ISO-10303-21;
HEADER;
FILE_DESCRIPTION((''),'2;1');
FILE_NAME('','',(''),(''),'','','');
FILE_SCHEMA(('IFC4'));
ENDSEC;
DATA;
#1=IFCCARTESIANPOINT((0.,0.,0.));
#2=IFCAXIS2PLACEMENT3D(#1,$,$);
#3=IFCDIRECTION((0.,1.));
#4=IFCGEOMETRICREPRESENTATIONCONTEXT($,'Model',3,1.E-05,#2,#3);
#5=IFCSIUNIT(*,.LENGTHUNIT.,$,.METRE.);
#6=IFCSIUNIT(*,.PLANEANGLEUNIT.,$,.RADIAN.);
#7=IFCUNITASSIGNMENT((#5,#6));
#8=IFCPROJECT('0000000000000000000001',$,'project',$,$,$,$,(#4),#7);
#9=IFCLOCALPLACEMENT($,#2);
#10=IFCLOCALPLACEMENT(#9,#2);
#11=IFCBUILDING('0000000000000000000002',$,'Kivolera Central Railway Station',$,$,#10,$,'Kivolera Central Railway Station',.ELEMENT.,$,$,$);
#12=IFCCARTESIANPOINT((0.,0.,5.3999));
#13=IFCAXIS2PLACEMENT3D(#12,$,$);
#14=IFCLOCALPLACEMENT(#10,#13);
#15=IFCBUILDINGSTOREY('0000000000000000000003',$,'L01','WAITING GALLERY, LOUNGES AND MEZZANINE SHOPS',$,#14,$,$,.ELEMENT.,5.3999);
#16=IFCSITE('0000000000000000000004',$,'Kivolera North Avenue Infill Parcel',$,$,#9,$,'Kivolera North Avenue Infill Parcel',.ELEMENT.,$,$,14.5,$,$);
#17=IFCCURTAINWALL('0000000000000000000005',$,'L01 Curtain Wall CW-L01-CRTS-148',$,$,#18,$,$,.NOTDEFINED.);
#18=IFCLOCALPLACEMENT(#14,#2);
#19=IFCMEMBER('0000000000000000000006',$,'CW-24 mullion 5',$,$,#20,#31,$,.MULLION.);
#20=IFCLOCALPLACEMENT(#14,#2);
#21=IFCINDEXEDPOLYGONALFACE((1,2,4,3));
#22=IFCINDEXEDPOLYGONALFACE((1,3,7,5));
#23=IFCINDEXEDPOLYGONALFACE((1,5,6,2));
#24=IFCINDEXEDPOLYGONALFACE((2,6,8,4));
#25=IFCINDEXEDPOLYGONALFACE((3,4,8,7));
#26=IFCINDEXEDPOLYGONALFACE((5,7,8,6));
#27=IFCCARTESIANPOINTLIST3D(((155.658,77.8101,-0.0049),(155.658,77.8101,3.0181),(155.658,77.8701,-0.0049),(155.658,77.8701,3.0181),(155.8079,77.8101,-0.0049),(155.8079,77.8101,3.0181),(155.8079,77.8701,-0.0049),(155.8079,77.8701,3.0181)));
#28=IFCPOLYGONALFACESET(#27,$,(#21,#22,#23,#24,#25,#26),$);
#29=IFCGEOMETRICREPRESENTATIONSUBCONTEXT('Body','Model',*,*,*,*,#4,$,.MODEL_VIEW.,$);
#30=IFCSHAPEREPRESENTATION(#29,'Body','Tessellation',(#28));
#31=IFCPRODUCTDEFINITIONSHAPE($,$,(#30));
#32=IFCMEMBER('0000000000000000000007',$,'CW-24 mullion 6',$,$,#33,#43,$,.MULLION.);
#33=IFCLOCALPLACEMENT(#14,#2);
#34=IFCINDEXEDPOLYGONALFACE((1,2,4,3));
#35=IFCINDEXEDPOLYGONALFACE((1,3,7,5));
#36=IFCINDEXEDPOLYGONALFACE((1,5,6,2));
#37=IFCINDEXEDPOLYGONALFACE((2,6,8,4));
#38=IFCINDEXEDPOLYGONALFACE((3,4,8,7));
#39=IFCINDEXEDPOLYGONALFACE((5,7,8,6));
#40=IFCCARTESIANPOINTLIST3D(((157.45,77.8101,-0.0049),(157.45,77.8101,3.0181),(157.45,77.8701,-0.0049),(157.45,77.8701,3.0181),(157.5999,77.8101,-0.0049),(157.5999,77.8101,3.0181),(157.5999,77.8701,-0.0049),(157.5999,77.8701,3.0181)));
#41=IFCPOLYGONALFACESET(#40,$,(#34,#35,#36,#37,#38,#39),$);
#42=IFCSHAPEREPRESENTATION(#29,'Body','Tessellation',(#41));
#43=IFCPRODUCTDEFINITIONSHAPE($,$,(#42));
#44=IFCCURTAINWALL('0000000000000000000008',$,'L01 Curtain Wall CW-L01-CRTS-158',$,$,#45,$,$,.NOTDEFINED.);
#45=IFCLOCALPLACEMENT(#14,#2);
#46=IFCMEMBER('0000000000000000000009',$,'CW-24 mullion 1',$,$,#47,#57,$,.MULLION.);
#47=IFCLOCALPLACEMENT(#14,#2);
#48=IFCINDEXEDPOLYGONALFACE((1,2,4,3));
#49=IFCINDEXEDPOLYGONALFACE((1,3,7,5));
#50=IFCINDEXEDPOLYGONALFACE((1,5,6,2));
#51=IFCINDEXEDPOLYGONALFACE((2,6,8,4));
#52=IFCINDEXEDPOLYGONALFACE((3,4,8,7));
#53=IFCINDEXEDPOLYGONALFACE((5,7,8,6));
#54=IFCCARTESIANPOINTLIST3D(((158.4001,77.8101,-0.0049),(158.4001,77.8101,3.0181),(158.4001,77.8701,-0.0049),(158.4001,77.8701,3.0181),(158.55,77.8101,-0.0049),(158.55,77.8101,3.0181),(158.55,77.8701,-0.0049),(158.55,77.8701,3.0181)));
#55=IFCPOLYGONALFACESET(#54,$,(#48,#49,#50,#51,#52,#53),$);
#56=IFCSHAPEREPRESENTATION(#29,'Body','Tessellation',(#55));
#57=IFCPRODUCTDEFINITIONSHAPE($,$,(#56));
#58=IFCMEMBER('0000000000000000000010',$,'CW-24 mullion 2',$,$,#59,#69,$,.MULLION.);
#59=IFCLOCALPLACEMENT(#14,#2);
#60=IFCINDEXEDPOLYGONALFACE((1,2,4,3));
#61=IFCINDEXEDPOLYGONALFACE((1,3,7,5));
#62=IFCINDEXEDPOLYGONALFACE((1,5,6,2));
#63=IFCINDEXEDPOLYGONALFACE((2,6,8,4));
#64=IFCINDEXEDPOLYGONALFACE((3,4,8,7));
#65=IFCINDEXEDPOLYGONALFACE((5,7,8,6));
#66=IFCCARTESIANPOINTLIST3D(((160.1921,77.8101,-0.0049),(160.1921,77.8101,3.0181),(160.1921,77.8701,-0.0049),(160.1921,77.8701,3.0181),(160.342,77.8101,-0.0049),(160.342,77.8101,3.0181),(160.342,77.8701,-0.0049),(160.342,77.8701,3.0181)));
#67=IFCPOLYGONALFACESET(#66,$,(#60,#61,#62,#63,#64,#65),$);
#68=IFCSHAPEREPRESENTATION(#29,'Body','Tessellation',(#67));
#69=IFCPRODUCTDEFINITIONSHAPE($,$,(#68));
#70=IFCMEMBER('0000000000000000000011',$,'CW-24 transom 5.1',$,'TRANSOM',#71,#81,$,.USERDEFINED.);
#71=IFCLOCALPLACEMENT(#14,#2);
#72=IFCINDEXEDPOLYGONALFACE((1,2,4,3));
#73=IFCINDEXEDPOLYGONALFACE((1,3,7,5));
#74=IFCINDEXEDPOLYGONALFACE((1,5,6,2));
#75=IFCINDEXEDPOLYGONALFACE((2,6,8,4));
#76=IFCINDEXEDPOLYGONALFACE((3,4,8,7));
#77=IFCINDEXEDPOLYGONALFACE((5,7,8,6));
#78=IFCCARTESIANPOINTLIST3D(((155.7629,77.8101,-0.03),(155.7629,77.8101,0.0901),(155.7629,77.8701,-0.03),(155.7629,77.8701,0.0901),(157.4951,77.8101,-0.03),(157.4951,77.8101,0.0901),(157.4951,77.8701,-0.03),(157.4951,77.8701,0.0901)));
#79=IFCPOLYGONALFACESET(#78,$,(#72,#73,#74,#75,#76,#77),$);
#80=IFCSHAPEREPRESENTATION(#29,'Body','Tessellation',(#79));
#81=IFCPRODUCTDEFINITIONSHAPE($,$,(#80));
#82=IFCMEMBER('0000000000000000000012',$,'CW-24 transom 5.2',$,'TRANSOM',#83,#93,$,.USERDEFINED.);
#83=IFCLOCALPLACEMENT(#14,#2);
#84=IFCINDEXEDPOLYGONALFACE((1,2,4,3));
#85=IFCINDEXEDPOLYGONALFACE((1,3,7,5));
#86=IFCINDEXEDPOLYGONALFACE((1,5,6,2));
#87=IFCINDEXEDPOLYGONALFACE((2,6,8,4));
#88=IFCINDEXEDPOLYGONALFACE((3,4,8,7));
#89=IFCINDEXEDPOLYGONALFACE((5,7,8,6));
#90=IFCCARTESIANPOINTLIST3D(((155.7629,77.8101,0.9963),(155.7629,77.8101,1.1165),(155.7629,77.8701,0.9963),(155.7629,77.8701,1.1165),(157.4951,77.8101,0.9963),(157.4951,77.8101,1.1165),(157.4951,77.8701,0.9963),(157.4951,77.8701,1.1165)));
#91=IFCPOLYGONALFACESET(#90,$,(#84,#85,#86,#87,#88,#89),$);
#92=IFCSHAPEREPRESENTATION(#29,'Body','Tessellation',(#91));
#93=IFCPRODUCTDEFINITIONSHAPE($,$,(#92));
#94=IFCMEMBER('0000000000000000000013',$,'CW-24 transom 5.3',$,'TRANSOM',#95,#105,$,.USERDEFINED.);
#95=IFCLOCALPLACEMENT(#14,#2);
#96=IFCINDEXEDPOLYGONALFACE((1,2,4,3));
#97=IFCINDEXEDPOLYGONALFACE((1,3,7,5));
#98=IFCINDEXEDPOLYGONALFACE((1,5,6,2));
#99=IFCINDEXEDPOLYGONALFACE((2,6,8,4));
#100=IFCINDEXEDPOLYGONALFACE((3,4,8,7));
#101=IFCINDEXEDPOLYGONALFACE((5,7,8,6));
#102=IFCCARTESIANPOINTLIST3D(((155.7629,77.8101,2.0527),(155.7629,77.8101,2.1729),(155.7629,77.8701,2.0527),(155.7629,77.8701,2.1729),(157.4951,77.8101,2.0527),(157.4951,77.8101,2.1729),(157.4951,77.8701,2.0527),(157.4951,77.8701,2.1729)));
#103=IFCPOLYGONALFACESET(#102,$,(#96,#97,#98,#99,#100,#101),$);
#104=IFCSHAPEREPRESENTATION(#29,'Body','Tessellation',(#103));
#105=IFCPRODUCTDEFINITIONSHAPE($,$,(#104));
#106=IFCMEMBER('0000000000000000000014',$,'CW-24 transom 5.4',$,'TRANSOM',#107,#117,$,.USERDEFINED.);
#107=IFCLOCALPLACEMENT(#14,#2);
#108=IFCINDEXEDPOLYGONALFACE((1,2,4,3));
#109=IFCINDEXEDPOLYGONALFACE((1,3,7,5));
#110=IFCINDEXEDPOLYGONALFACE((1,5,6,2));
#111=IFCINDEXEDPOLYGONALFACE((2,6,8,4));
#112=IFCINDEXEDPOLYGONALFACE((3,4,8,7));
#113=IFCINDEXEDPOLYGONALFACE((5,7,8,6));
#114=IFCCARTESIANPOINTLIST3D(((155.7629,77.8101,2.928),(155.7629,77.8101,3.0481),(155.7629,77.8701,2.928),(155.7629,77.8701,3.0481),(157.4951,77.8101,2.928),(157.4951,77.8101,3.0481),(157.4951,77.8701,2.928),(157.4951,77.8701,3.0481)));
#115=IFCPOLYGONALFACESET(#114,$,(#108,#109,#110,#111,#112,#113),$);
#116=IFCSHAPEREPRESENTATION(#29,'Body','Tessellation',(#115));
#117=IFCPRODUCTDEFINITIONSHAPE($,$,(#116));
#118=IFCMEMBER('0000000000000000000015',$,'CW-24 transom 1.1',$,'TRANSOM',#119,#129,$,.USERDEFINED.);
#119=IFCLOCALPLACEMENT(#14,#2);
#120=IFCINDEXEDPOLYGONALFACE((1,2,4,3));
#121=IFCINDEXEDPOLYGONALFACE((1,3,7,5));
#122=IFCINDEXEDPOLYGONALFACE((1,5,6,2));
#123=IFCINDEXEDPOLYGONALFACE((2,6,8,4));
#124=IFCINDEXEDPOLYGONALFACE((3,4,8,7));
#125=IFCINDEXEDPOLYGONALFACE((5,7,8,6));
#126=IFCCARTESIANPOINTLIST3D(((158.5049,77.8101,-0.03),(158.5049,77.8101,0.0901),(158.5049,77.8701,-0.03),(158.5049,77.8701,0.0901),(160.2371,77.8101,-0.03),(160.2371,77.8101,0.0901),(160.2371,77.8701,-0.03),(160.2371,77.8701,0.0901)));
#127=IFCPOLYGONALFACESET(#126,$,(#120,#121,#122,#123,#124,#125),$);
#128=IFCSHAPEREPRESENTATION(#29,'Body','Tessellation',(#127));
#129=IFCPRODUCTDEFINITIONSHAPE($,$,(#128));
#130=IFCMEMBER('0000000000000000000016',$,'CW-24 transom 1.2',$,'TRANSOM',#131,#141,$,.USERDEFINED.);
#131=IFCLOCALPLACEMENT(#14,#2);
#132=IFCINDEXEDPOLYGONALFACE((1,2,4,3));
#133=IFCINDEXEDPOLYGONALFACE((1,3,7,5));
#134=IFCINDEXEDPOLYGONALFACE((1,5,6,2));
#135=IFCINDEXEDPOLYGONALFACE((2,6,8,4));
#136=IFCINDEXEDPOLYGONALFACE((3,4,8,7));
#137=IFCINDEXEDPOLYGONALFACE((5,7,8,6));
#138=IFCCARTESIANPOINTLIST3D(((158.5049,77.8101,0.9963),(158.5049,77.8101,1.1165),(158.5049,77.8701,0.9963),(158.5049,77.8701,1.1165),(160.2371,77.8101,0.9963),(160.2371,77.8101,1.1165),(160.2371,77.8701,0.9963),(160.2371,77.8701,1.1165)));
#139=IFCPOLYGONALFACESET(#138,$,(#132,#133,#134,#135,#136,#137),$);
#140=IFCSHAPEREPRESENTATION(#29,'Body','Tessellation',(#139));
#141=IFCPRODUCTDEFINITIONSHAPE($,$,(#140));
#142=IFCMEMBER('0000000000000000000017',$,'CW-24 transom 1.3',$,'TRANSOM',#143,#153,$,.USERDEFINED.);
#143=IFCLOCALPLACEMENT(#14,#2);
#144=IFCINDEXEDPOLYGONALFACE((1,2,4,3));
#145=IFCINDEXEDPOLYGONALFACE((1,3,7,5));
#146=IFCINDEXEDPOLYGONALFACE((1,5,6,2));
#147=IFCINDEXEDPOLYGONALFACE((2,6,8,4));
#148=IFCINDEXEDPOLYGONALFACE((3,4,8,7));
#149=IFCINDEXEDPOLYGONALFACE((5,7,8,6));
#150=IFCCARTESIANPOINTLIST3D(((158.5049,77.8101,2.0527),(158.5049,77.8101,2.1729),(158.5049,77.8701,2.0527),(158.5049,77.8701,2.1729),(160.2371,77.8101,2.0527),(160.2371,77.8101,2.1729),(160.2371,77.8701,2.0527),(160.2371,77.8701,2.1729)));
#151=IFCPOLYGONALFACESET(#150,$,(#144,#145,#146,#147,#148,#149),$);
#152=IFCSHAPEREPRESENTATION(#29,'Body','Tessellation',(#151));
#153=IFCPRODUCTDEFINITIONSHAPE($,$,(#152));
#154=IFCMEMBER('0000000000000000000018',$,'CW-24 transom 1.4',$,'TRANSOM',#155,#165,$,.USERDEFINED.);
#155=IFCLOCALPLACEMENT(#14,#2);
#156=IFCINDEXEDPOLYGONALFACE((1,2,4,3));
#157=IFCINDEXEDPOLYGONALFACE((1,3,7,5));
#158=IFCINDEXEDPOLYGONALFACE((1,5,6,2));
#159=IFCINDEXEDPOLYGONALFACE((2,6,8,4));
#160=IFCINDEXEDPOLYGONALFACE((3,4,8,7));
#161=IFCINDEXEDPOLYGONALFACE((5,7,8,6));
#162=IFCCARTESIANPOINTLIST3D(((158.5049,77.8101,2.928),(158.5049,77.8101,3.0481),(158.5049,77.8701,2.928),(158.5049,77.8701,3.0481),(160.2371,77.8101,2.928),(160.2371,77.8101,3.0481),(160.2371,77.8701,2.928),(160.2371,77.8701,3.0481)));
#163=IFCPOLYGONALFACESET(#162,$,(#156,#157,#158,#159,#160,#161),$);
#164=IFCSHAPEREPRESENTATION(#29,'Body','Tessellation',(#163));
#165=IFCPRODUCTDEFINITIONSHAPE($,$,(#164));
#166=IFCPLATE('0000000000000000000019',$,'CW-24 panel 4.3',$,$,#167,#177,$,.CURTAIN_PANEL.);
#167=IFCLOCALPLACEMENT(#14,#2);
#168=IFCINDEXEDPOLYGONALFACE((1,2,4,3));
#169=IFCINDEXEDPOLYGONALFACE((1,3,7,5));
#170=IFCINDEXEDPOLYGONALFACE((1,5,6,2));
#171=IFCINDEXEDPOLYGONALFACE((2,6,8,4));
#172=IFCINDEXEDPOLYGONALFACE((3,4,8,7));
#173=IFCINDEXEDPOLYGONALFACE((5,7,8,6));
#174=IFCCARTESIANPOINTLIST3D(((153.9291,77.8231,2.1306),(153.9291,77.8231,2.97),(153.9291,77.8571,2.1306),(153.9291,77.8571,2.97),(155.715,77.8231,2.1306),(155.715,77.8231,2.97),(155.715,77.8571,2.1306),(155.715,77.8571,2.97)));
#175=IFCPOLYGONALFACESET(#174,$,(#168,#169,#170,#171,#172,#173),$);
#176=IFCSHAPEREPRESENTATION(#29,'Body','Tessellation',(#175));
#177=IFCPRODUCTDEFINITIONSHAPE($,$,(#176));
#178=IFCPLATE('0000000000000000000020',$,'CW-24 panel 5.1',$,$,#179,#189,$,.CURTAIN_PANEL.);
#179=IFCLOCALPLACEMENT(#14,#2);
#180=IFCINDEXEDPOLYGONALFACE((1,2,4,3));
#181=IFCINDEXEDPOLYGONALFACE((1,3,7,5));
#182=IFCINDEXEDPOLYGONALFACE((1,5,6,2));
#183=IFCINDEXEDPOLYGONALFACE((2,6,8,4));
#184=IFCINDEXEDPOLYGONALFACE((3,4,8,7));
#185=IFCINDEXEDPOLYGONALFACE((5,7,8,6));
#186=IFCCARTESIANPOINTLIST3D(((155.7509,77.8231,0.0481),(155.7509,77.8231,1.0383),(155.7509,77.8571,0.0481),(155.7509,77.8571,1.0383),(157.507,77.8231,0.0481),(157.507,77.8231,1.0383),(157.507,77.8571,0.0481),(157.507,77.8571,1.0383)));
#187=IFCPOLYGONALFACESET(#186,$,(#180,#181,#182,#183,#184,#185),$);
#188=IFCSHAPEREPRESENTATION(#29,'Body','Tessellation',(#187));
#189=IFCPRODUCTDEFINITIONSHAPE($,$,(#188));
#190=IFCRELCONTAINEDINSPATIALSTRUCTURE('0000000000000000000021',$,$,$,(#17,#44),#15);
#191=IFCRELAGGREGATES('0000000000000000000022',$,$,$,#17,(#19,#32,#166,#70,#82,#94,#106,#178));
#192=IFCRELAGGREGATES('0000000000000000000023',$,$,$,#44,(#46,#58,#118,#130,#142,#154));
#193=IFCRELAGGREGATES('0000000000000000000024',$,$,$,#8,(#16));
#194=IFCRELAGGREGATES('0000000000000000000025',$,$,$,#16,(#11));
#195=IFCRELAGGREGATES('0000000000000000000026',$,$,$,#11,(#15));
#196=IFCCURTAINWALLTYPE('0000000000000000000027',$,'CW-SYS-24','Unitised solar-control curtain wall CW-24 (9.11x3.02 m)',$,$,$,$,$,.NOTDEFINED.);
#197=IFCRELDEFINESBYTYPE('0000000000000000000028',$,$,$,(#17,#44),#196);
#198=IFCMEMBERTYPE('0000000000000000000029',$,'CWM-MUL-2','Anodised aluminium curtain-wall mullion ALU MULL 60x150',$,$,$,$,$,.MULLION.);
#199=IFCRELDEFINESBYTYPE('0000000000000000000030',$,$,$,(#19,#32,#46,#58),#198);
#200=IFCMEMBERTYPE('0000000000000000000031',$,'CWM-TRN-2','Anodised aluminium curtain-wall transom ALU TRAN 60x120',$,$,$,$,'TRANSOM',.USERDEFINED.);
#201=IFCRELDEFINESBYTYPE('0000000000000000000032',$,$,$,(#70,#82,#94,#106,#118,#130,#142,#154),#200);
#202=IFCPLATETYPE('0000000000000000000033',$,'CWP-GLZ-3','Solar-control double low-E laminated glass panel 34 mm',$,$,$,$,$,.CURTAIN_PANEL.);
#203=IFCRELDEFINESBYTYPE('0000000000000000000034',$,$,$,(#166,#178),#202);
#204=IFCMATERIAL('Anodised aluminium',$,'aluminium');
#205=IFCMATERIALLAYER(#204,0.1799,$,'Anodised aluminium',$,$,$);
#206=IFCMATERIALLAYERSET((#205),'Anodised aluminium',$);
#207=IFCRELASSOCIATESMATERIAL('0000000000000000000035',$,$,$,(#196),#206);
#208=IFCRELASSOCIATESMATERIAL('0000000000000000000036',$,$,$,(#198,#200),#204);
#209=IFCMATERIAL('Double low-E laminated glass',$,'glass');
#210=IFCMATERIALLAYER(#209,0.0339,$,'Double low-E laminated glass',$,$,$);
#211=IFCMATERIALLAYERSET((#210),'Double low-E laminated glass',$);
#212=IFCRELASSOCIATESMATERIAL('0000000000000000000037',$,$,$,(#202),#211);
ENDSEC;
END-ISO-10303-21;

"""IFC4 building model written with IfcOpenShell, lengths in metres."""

from ifc_helpers import new_model, si_unit, direction, frame, origin, origin_2d, place, context, subcontext, project, spatial, rectangle, extrude, material, layer, layer_set, material_profile, profile_set, type_object, element, aggregate, save


model = new_model("IFC4")

# Units and contexts
model_context = context("Model", 3, precision=1e-05, world=origin(), true_north=direction((0.0, 1.0)))
body_context = subcontext(model_context, "Body", "Model", "MODEL_VIEW")
ifc_project = project(units=[si_unit("LENGTHUNIT", "METRE"), si_unit("PLANEANGLEUNIT", "RADIAN")], contexts=[model_context])

# Site, building, storey
site_placement = place(None, origin())
site = spatial("IfcSite", under=ifc_project, at=site_placement, Name="Kivolera North Avenue Infill Parcel", LongName="Kivolera North Avenue Infill Parcel", CompositionType="ELEMENT", RefElevation=14.5)
building_placement = place(site_placement, origin())
building = spatial("IfcBuilding", under=site, at=building_placement, Name="Kivolera Central Railway Station", LongName="Kivolera Central Railway Station", CompositionType="ELEMENT")
storey_placement = place(building_placement, frame((0.0, 0.0, 5.3999)))
storey = spatial("IfcBuildingStorey", under=building, at=storey_placement, Name="L01", Description="WAITING GALLERY, LOUNGES AND MEZZANINE SHOPS", CompositionType="ELEMENT", Elevation=5.3999)

# Curtain walls, members
ifc_material_1 = material(Name="Anodised aluminium", Category="aluminium")
ifc_layer_1 = layer(ifc_material_1, 0.1799, Name="Anodised aluminium")
ifc_layer_set_1 = layer_set([ifc_layer_1], Name="Anodised aluminium")
curtain_wall_type = type_object("IfcCurtainWallType", Name="CW-SYS-24", Description="Unitised solar-control curtain wall CW-24 (9.11x3.02 m)", PredefinedType="NOTDEFINED", material=ifc_layer_set_1)
curtain_wall_1_placement = place(storey_placement, origin())
curtain_wall_1 = element("IfcCurtainWall", 1, at=curtain_wall_1_placement, inside=storey, type_object=curtain_wall_type, Name="L01 Curtain Wall CW-L01-CRTS-148", PredefinedType="NOTDEFINED")
ifc_material_profile_1 = material_profile(ifc_material_1, rectangle(XDim=0.0601, YDim=0.1499, at=origin_2d()), Name="ALU MULL 60x150")
ifc_profile_set_1 = profile_set([ifc_material_profile_1], Name="Anodised aluminium")
member_type_1 = type_object("IfcMemberType", Name="CWM-MUL-2", Description="Anodised aluminium curtain-wall mullion ALU MULL 60x150", PredefinedType="MULLION", material=ifc_profile_set_1)
member_1_placement = place(storey_placement, frame((155.7329, 77.8401, -0.0049), z_axis=(0.0, 0.0, 1.0), x_axis=(0.0, 1.0, 0.0)))
member_1 = element("IfcMember", 2, at=member_1_placement, type_object=member_type_1, Name="CW-24 mullion 5", PredefinedType="MULLION", context=body_context, shape_type="SweptSolid", body=[
    extrude(rectangle(XDim=0.0601, YDim=0.1499, at=origin_2d()), origin(), (0.0, 0.0, 1.0), 3.0229),
])
member_2_placement = place(storey_placement, frame((157.5249, 77.8401, -0.0049), z_axis=(0.0, 0.0, 1.0), x_axis=(0.0, 1.0, 0.0)))
member_2 = element("IfcMember", 3, at=member_2_placement, type_object=member_type_1, Name="CW-24 mullion 6", PredefinedType="MULLION", context=body_context, shape_type="SweptSolid", body=[
    extrude(rectangle(XDim=0.0601, YDim=0.1499, at=origin_2d()), origin(), (0.0, 0.0, 1.0), 3.0229),
])
curtain_wall_2_placement = place(storey_placement, origin())
curtain_wall_2 = element("IfcCurtainWall", 4, at=curtain_wall_2_placement, inside=storey, type_object=curtain_wall_type, Name="L01 Curtain Wall CW-L01-CRTS-158", PredefinedType="NOTDEFINED")
member_3_placement = place(storey_placement, frame((158.4751, 77.8401, -0.0049), z_axis=(0.0, 0.0, 1.0), x_axis=(0.0, 1.0, 0.0)))
member_3 = element("IfcMember", 5, at=member_3_placement, type_object=member_type_1, Name="CW-24 mullion 1", PredefinedType="MULLION", context=body_context, shape_type="SweptSolid", body=[
    extrude(rectangle(XDim=0.0601, YDim=0.1499, at=origin_2d()), origin(), (0.0, 0.0, 1.0), 3.0229),
])
member_4_placement = place(storey_placement, frame((160.2671, 77.8401, -0.0049), z_axis=(0.0, 0.0, 1.0), x_axis=(0.0, 1.0, 0.0)))
member_4 = element("IfcMember", 6, at=member_4_placement, type_object=member_type_1, Name="CW-24 mullion 2", PredefinedType="MULLION", context=body_context, shape_type="SweptSolid", body=[
    extrude(rectangle(XDim=0.0601, YDim=0.1499, at=origin_2d()), origin(), (0.0, 0.0, 1.0), 3.0229),
])

# Members
ifc_material_profile_2 = material_profile(ifc_material_1, rectangle(XDim=0.0601, YDim=0.1201, at=origin_2d()), Name="ALU TRAN 60x120")
ifc_profile_set_2 = profile_set([ifc_material_profile_2], Name="Anodised aluminium")
member_type_2 = type_object("IfcMemberType", Name="CWM-TRN-2", Description="Anodised aluminium curtain-wall transom ALU TRAN 60x120", ElementType="TRANSOM", PredefinedType="USERDEFINED", material=ifc_profile_set_2)
member_5_placement = place(storey_placement, frame((155.7629, 77.8401, 0.03), z_axis=(1.0, 0.0, 0.0), x_axis=(0.0, 1.0, 0.0)))
member_5 = element("IfcMember", 7, at=member_5_placement, type_object=member_type_2, Name="CW-24 transom 5.1", ObjectType="TRANSOM", PredefinedType="USERDEFINED", context=body_context, shape_type="SweptSolid", body=[
    extrude(rectangle(XDim=0.0601, YDim=0.1201, at=origin_2d()), origin(), (0.0, 0.0, 1.0), 1.7322),
])
member_6_placement = place(storey_placement, frame((155.7629, 77.8401, 1.0564), z_axis=(1.0, 0.0, 0.0), x_axis=(0.0, 1.0, 0.0)))
member_6 = element("IfcMember", 8, at=member_6_placement, type_object=member_type_2, Name="CW-24 transom 5.2", ObjectType="TRANSOM", PredefinedType="USERDEFINED", context=body_context, shape_type="SweptSolid", body=[
    extrude(rectangle(XDim=0.0601, YDim=0.1201, at=origin_2d()), origin(), (0.0, 0.0, 1.0), 1.7322),
])
member_7_placement = place(storey_placement, frame((155.7629, 77.8401, 2.1128), z_axis=(1.0, 0.0, 0.0), x_axis=(0.0, 1.0, 0.0)))
member_7 = element("IfcMember", 9, at=member_7_placement, type_object=member_type_2, Name="CW-24 transom 5.3", ObjectType="TRANSOM", PredefinedType="USERDEFINED", context=body_context, shape_type="SweptSolid", body=[
    extrude(rectangle(XDim=0.0601, YDim=0.1201, at=origin_2d()), origin(), (0.0, 0.0, 1.0), 1.7322),
])
member_8_placement = place(storey_placement, frame((155.7629, 77.8401, 2.988), z_axis=(1.0, 0.0, 0.0), x_axis=(0.0, 1.0, 0.0)))
member_8 = element("IfcMember", 10, at=member_8_placement, type_object=member_type_2, Name="CW-24 transom 5.4", ObjectType="TRANSOM", PredefinedType="USERDEFINED", context=body_context, shape_type="SweptSolid", body=[
    extrude(rectangle(XDim=0.0601, YDim=0.1201, at=origin_2d()), origin(), (0.0, 0.0, 1.0), 1.7322),
])
member_9_placement = place(storey_placement, frame((158.5049, 77.8401, 0.03), z_axis=(1.0, 0.0, 0.0), x_axis=(0.0, 1.0, 0.0)))
member_9 = element("IfcMember", 11, at=member_9_placement, type_object=member_type_2, Name="CW-24 transom 1.1", ObjectType="TRANSOM", PredefinedType="USERDEFINED", context=body_context, shape_type="SweptSolid", body=[
    extrude(rectangle(XDim=0.0601, YDim=0.1201, at=origin_2d()), origin(), (0.0, 0.0, 1.0), 1.7322),
])
member_10_placement = place(storey_placement, frame((158.5049, 77.8401, 1.0564), z_axis=(1.0, 0.0, 0.0), x_axis=(0.0, 1.0, 0.0)))
member_10 = element("IfcMember", 12, at=member_10_placement, type_object=member_type_2, Name="CW-24 transom 1.2", ObjectType="TRANSOM", PredefinedType="USERDEFINED", context=body_context, shape_type="SweptSolid", body=[
    extrude(rectangle(XDim=0.0601, YDim=0.1201, at=origin_2d()), origin(), (0.0, 0.0, 1.0), 1.7322),
])
member_11_placement = place(storey_placement, frame((158.5049, 77.8401, 2.1128), z_axis=(1.0, 0.0, 0.0), x_axis=(0.0, 1.0, 0.0)))
member_11 = element("IfcMember", 13, at=member_11_placement, type_object=member_type_2, Name="CW-24 transom 1.3", ObjectType="TRANSOM", PredefinedType="USERDEFINED", context=body_context, shape_type="SweptSolid", body=[
    extrude(rectangle(XDim=0.0601, YDim=0.1201, at=origin_2d()), origin(), (0.0, 0.0, 1.0), 1.7322),
])
member_12_placement = place(storey_placement, frame((158.5049, 77.8401, 2.988), z_axis=(1.0, 0.0, 0.0), x_axis=(0.0, 1.0, 0.0)))
member_12 = element("IfcMember", 14, at=member_12_placement, type_object=member_type_2, Name="CW-24 transom 1.4", ObjectType="TRANSOM", PredefinedType="USERDEFINED", context=body_context, shape_type="SweptSolid", body=[
    extrude(rectangle(XDim=0.0601, YDim=0.1201, at=origin_2d()), origin(), (0.0, 0.0, 1.0), 1.7322),
])

# Plates
ifc_material_2 = material(Name="Double low-E laminated glass", Category="glass")
ifc_layer_2 = layer(ifc_material_2, 0.0339, Name="Double low-E laminated glass")
ifc_layer_set_2 = layer_set([ifc_layer_2], Name="Double low-E laminated glass")
plate_type = type_object("IfcPlateType", Name="CWP-GLZ-3", Description="Solar-control double low-E laminated glass panel 34 mm", PredefinedType="CURTAIN_PANEL", material=ifc_layer_set_2)
plate_1_placement = place(storey_placement, frame((154.822, 77.8401, 2.1306), z_axis=(0.0, 0.0, 1.0), x_axis=(1.0, 0.0, 0.0)))
plate_1 = element("IfcPlate", 15, at=plate_1_placement, type_object=plate_type, Name="CW-24 panel 4.3", PredefinedType="CURTAIN_PANEL", context=body_context, shape_type="SweptSolid", body=[
    extrude(rectangle(XDim=1.7859, YDim=0.0339, at=origin_2d()), origin(), (0.0, 0.0, 1.0), 0.8394),
])
plate_2_placement = place(storey_placement, frame((156.6289, 77.8401, 0.0481), z_axis=(0.0, 0.0, 1.0), x_axis=(1.0, 0.0, 0.0)))
plate_2 = element("IfcPlate", 16, at=plate_2_placement, type_object=plate_type, Name="CW-24 panel 5.1", PredefinedType="CURTAIN_PANEL", context=body_context, shape_type="SweptSolid", body=[
    extrude(rectangle(XDim=1.7561, YDim=0.0339, at=origin_2d()), origin(), (0.0, 0.0, 1.0), 0.9902),
])
aggregate(curtain_wall_1, [member_1, member_2, plate_1, member_5, member_6, member_7, member_8, plate_2])
aggregate(curtain_wall_2, [member_3, member_4, member_9, member_10, member_11, member_12])

save(model, "model.ifc")
